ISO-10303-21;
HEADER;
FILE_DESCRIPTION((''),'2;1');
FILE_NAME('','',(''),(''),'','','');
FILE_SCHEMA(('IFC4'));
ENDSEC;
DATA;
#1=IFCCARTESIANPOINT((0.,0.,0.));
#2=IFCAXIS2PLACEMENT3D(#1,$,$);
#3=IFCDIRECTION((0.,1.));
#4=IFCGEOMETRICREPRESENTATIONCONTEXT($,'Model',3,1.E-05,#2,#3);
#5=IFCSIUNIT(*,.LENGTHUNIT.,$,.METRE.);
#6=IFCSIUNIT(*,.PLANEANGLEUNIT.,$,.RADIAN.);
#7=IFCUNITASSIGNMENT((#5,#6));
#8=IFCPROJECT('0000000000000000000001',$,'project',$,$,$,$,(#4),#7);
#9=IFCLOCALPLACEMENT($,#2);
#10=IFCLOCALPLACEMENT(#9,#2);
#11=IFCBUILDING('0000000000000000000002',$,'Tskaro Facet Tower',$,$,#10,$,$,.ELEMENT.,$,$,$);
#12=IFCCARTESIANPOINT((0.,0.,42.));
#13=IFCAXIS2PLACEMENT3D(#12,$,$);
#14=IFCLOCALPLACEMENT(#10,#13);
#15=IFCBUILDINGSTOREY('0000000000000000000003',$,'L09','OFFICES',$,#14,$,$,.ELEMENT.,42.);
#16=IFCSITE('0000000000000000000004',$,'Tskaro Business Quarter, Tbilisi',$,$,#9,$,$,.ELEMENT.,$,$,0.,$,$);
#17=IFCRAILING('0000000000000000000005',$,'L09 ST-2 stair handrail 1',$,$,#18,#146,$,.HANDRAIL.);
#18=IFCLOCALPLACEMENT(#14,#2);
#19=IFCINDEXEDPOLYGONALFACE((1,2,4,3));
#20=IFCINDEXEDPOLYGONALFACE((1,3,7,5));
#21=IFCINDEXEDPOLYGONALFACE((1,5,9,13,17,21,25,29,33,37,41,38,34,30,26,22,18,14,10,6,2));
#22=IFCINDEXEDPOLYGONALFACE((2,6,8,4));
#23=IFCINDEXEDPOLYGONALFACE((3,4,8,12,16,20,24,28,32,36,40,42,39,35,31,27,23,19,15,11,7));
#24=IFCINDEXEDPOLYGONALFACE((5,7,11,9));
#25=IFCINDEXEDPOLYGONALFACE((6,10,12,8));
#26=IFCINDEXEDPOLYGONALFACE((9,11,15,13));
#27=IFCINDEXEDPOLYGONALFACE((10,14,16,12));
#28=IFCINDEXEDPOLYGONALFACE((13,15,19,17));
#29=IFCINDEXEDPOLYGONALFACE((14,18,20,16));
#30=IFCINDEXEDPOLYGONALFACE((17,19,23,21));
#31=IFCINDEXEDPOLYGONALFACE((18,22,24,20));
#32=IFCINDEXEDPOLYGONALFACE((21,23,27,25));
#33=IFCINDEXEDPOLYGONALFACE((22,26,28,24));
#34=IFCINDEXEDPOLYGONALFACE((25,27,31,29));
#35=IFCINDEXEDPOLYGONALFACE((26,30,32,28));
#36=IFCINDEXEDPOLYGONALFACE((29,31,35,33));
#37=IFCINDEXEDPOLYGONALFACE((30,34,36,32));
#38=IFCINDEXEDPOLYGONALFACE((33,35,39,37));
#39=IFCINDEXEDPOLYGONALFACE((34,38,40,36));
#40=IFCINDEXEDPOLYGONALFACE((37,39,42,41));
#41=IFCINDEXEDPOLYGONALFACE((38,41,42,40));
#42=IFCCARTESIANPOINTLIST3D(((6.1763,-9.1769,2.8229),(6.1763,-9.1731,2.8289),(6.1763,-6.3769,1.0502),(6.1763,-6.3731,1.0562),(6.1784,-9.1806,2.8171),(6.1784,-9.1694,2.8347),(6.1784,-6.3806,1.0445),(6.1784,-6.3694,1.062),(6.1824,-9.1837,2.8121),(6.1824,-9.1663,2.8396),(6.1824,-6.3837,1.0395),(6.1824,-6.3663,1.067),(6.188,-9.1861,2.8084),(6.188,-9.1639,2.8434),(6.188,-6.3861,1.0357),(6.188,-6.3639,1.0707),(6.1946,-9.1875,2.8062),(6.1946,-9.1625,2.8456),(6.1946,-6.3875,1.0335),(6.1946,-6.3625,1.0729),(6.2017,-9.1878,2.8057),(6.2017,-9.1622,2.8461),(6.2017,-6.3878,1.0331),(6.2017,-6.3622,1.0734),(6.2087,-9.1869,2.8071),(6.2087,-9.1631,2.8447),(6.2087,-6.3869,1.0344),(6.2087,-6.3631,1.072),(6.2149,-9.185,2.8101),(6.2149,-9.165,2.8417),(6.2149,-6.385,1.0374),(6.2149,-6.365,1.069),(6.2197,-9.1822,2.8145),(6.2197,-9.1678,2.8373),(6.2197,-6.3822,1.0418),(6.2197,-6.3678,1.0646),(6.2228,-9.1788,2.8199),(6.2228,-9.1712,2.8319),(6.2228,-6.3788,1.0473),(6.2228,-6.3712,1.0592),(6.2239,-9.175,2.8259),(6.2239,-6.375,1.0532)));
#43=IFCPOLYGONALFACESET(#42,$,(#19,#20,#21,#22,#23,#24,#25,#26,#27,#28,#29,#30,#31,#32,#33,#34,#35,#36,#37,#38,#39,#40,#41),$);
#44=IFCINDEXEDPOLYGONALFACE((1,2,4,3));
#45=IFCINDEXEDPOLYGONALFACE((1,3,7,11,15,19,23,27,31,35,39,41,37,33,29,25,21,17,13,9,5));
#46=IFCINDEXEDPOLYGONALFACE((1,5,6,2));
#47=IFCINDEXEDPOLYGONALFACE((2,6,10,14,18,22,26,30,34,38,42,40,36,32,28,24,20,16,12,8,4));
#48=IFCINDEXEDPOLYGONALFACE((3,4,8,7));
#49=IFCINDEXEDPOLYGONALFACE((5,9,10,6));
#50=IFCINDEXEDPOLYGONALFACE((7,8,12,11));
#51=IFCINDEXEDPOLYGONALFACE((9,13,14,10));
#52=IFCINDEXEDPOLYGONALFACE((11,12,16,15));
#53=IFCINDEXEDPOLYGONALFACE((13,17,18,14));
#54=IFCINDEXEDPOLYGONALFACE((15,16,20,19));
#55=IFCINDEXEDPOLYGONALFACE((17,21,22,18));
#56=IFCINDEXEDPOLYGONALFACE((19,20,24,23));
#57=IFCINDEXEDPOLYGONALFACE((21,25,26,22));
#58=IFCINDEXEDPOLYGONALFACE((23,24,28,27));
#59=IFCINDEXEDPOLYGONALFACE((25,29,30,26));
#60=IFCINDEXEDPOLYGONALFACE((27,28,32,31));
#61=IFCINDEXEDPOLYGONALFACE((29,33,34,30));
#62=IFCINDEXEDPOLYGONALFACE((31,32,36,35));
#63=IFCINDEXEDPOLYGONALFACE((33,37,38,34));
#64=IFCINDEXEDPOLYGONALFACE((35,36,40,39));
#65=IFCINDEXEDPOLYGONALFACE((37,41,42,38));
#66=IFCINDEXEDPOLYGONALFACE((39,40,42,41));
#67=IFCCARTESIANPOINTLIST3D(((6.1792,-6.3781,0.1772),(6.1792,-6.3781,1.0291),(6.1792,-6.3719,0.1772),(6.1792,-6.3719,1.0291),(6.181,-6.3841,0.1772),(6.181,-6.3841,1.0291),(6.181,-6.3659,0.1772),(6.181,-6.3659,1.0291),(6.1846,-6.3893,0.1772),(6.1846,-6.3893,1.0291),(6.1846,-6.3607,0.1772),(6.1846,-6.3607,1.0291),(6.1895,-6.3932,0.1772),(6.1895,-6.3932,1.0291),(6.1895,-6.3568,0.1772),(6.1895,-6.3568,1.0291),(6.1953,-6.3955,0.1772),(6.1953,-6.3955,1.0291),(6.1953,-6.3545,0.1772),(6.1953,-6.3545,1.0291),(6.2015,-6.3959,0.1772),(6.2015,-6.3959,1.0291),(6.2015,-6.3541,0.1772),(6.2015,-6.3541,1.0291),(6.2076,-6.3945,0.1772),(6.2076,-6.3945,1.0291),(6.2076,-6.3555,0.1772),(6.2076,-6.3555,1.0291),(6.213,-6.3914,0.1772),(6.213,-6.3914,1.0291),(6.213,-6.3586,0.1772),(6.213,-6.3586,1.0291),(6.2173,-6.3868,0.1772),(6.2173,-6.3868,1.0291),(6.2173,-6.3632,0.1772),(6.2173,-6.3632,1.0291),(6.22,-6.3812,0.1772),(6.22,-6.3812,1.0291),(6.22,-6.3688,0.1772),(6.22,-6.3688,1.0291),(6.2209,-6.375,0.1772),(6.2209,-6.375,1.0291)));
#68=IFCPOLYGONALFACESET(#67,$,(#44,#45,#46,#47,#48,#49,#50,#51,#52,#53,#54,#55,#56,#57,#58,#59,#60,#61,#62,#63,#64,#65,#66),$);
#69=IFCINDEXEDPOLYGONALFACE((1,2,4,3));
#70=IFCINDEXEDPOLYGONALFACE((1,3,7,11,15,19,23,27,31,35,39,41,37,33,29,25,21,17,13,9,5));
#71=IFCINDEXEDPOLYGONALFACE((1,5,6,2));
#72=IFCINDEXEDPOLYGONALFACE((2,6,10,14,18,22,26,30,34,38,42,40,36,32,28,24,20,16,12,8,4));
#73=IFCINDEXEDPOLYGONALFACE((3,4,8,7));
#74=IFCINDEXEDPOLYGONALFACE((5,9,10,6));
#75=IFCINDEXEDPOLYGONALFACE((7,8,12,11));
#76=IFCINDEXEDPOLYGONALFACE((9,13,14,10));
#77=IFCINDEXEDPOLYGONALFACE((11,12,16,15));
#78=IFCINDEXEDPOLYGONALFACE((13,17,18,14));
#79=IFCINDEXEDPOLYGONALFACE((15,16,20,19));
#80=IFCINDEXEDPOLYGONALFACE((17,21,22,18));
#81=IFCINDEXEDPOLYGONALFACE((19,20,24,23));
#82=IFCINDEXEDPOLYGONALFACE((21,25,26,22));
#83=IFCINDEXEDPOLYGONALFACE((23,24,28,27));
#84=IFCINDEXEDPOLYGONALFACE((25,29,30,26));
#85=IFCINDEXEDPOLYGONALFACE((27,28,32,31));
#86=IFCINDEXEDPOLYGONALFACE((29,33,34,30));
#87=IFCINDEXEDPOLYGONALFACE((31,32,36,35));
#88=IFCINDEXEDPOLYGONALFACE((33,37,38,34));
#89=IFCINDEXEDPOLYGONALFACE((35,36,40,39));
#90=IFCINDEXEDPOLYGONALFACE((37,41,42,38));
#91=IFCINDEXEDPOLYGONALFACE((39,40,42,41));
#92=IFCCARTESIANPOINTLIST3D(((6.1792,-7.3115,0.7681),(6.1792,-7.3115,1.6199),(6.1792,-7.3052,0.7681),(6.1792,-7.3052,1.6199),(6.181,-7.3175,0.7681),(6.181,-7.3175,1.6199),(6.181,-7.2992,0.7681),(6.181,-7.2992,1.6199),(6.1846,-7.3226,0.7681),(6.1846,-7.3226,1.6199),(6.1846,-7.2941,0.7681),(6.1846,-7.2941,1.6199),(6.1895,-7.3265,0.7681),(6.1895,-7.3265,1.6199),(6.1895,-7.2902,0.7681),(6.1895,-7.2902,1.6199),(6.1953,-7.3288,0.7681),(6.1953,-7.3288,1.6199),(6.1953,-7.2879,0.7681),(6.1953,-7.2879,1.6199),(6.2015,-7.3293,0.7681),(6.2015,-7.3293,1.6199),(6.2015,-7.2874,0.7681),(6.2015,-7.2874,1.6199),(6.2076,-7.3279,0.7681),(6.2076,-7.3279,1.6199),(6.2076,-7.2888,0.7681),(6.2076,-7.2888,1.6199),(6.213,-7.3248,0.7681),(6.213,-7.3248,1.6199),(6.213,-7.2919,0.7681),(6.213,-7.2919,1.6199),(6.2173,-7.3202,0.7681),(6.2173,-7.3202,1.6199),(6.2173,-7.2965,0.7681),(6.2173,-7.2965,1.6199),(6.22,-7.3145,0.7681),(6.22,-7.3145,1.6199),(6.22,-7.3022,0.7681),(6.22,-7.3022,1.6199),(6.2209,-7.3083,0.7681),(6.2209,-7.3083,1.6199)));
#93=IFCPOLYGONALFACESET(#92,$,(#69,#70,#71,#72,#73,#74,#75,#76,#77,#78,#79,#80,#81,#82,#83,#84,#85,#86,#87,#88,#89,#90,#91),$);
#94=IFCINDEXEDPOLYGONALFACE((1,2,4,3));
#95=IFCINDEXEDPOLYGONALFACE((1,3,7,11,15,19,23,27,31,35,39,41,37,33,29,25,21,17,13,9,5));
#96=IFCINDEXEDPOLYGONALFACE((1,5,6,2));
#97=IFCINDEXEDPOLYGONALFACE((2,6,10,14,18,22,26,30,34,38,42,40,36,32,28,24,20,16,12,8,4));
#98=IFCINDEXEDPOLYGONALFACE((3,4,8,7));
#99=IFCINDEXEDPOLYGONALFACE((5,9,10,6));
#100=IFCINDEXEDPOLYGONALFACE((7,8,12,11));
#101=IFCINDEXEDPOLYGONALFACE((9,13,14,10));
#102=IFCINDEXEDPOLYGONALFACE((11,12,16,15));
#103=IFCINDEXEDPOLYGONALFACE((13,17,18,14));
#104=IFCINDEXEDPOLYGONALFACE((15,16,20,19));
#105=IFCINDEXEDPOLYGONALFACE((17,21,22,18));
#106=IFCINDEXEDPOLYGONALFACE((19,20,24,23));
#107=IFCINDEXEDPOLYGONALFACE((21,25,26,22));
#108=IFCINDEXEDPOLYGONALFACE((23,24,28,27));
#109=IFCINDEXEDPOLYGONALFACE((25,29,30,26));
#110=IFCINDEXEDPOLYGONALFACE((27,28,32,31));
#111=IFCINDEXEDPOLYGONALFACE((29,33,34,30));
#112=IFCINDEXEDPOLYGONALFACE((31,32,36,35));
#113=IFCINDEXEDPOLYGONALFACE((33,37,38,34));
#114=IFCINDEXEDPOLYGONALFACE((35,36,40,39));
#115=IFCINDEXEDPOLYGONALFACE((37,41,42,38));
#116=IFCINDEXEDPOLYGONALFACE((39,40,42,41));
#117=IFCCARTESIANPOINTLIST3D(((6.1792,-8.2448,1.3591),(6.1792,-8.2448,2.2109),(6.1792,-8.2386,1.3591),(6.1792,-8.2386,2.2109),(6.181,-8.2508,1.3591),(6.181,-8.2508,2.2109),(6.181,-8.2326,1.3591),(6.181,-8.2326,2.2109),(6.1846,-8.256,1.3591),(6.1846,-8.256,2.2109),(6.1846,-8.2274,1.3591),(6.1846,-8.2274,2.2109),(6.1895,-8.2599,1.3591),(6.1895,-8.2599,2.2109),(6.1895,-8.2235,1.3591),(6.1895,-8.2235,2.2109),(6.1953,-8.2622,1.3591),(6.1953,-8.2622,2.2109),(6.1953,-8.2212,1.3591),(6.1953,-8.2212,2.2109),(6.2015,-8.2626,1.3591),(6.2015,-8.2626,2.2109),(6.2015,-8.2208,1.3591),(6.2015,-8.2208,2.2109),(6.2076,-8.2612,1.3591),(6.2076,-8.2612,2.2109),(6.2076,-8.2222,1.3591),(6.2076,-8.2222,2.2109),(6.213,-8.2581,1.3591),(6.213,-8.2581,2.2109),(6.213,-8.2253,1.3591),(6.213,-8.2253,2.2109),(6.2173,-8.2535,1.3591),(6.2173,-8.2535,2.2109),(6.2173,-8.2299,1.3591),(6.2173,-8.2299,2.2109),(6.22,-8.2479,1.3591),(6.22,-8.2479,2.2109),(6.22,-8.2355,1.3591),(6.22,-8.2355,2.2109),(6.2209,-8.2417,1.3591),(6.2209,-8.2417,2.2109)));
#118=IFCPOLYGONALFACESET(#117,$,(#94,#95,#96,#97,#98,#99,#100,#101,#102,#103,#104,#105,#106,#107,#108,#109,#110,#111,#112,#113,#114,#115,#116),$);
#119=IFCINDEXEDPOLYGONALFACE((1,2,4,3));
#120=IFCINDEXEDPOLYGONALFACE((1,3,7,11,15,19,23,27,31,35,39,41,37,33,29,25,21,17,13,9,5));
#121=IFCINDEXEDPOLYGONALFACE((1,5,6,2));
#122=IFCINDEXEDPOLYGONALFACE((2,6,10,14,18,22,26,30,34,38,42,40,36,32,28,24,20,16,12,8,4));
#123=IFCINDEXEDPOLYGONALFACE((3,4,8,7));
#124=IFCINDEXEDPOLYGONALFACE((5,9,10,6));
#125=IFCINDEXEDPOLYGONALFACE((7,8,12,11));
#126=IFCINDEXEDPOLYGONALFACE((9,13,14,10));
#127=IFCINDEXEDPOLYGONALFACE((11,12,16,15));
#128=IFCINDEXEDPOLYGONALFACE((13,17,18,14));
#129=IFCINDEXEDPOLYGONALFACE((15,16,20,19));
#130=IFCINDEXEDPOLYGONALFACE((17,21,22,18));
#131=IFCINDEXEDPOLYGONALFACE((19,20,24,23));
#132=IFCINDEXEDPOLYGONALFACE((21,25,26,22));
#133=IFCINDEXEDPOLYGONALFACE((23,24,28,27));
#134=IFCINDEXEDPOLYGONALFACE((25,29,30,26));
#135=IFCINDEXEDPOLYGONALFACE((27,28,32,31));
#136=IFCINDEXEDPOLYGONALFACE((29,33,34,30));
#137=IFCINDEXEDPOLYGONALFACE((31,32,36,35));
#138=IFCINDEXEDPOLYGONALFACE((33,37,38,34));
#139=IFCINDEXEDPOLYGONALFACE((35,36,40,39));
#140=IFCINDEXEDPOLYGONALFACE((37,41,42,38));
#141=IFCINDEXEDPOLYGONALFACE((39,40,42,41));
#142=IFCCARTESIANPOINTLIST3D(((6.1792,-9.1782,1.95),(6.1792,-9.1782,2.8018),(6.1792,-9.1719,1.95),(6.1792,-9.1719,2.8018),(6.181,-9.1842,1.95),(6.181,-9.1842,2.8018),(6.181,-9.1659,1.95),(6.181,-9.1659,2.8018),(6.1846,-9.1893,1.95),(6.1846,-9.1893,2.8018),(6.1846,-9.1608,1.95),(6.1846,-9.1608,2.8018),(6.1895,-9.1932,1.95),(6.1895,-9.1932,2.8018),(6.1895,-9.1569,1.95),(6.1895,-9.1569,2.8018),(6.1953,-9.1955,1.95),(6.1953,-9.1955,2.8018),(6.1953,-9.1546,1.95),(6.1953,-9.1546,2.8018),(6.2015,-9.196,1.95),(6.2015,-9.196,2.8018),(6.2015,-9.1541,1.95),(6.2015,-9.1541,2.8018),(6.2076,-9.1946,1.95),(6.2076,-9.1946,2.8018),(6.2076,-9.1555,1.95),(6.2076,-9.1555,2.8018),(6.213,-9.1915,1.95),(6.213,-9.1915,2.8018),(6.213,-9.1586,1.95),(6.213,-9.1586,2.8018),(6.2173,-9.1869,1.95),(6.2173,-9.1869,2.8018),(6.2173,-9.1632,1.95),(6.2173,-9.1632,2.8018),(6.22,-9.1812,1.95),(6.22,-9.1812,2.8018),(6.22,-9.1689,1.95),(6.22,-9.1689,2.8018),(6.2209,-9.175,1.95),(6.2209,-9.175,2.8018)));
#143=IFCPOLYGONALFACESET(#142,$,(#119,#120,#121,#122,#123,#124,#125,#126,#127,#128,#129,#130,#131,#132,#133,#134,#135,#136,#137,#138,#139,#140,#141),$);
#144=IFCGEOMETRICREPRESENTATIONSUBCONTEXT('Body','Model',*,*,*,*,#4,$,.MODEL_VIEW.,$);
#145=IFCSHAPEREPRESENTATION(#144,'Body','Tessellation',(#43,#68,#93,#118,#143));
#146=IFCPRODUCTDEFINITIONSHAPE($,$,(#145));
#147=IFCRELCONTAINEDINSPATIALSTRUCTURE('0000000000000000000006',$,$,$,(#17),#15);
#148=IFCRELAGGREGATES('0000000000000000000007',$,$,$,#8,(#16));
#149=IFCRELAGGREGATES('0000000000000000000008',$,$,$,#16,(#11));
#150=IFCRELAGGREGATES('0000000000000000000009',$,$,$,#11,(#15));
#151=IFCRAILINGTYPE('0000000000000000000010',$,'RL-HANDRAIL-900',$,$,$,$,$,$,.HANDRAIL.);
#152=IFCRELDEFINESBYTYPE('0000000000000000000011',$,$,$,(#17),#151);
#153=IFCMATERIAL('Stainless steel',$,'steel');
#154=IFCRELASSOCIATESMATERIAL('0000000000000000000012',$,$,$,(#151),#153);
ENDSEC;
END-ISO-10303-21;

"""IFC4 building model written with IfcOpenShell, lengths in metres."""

from ifc_helpers import new_model, si_unit, direction, frame, origin, origin_2d, place, context, subcontext, project, spatial, circle, extrude, material, type_object, element, save


model = new_model("IFC4")

# Units and contexts
model_context = context("Model", 3, precision=1e-05, world=origin(), true_north=direction((0.0, 1.0)))
body_context = subcontext(model_context, "Body", "Model", "MODEL_VIEW")
ifc_project = project(units=[si_unit("LENGTHUNIT", "METRE"), si_unit("PLANEANGLEUNIT", "RADIAN")], contexts=[model_context])

# Site, building, storey
site_placement = place(None, origin())
site = spatial("IfcSite", under=ifc_project, at=site_placement, Name="Tskaro Business Quarter, Tbilisi", CompositionType="ELEMENT", RefElevation=0.0)
building_placement = place(site_placement, origin())
building = spatial("IfcBuilding", under=site, at=building_placement, Name="Tskaro Facet Tower", CompositionType="ELEMENT")
storey_placement = place(building_placement, frame((0.0, 0.0, 42.0)))
storey = spatial("IfcBuildingStorey", under=building, at=storey_placement, Name="L09", Description="OFFICES", CompositionType="ELEMENT", Elevation=42.0)

# Shared definitions
ifc_material_1 = material(Name="Stainless steel", Category="steel")

# Railing
railing_type = type_object("IfcRailingType", Name="RL-HANDRAIL-900", PredefinedType="HANDRAIL", material=ifc_material_1)
railing_placement = place(storey_placement, frame((6.2, -6.375, 0.1772)))
element("IfcRailing", 1, at=railing_placement, inside=storey, type_object=railing_type, Name="L09 ST-2 stair handrail 1", PredefinedType="HANDRAIL", context=body_context, shape_type="SweptSolid", body=[
    extrude(circle(Radius=0.0239, at=origin_2d()), frame((0.0, 0.0, 0.876), z_axis=(0.0, -0.844909, 0.53491), x_axis=(1.0, 0.0, 0.0)), (0.0, 0.0, 1.0), 3.314),
    extrude(circle(Radius=0.021, at=origin_2d()), origin(), (0.0, 0.0, 1.0), 0.8518),
    extrude(circle(Radius=0.021, at=origin_2d()), frame((0.0, -0.9333, 0.5908)), (0.0, 0.0, 1.0), 0.8518),
    extrude(circle(Radius=0.021, at=origin_2d()), frame((0.0, -1.8667, 1.1819)), (0.0, 0.0, 1.0), 0.8518),
    extrude(circle(Radius=0.021, at=origin_2d()), frame((0.0, -2.8, 1.7727)), (0.0, 0.0, 1.0), 0.8518),
])

save(model, "model.ifc")
